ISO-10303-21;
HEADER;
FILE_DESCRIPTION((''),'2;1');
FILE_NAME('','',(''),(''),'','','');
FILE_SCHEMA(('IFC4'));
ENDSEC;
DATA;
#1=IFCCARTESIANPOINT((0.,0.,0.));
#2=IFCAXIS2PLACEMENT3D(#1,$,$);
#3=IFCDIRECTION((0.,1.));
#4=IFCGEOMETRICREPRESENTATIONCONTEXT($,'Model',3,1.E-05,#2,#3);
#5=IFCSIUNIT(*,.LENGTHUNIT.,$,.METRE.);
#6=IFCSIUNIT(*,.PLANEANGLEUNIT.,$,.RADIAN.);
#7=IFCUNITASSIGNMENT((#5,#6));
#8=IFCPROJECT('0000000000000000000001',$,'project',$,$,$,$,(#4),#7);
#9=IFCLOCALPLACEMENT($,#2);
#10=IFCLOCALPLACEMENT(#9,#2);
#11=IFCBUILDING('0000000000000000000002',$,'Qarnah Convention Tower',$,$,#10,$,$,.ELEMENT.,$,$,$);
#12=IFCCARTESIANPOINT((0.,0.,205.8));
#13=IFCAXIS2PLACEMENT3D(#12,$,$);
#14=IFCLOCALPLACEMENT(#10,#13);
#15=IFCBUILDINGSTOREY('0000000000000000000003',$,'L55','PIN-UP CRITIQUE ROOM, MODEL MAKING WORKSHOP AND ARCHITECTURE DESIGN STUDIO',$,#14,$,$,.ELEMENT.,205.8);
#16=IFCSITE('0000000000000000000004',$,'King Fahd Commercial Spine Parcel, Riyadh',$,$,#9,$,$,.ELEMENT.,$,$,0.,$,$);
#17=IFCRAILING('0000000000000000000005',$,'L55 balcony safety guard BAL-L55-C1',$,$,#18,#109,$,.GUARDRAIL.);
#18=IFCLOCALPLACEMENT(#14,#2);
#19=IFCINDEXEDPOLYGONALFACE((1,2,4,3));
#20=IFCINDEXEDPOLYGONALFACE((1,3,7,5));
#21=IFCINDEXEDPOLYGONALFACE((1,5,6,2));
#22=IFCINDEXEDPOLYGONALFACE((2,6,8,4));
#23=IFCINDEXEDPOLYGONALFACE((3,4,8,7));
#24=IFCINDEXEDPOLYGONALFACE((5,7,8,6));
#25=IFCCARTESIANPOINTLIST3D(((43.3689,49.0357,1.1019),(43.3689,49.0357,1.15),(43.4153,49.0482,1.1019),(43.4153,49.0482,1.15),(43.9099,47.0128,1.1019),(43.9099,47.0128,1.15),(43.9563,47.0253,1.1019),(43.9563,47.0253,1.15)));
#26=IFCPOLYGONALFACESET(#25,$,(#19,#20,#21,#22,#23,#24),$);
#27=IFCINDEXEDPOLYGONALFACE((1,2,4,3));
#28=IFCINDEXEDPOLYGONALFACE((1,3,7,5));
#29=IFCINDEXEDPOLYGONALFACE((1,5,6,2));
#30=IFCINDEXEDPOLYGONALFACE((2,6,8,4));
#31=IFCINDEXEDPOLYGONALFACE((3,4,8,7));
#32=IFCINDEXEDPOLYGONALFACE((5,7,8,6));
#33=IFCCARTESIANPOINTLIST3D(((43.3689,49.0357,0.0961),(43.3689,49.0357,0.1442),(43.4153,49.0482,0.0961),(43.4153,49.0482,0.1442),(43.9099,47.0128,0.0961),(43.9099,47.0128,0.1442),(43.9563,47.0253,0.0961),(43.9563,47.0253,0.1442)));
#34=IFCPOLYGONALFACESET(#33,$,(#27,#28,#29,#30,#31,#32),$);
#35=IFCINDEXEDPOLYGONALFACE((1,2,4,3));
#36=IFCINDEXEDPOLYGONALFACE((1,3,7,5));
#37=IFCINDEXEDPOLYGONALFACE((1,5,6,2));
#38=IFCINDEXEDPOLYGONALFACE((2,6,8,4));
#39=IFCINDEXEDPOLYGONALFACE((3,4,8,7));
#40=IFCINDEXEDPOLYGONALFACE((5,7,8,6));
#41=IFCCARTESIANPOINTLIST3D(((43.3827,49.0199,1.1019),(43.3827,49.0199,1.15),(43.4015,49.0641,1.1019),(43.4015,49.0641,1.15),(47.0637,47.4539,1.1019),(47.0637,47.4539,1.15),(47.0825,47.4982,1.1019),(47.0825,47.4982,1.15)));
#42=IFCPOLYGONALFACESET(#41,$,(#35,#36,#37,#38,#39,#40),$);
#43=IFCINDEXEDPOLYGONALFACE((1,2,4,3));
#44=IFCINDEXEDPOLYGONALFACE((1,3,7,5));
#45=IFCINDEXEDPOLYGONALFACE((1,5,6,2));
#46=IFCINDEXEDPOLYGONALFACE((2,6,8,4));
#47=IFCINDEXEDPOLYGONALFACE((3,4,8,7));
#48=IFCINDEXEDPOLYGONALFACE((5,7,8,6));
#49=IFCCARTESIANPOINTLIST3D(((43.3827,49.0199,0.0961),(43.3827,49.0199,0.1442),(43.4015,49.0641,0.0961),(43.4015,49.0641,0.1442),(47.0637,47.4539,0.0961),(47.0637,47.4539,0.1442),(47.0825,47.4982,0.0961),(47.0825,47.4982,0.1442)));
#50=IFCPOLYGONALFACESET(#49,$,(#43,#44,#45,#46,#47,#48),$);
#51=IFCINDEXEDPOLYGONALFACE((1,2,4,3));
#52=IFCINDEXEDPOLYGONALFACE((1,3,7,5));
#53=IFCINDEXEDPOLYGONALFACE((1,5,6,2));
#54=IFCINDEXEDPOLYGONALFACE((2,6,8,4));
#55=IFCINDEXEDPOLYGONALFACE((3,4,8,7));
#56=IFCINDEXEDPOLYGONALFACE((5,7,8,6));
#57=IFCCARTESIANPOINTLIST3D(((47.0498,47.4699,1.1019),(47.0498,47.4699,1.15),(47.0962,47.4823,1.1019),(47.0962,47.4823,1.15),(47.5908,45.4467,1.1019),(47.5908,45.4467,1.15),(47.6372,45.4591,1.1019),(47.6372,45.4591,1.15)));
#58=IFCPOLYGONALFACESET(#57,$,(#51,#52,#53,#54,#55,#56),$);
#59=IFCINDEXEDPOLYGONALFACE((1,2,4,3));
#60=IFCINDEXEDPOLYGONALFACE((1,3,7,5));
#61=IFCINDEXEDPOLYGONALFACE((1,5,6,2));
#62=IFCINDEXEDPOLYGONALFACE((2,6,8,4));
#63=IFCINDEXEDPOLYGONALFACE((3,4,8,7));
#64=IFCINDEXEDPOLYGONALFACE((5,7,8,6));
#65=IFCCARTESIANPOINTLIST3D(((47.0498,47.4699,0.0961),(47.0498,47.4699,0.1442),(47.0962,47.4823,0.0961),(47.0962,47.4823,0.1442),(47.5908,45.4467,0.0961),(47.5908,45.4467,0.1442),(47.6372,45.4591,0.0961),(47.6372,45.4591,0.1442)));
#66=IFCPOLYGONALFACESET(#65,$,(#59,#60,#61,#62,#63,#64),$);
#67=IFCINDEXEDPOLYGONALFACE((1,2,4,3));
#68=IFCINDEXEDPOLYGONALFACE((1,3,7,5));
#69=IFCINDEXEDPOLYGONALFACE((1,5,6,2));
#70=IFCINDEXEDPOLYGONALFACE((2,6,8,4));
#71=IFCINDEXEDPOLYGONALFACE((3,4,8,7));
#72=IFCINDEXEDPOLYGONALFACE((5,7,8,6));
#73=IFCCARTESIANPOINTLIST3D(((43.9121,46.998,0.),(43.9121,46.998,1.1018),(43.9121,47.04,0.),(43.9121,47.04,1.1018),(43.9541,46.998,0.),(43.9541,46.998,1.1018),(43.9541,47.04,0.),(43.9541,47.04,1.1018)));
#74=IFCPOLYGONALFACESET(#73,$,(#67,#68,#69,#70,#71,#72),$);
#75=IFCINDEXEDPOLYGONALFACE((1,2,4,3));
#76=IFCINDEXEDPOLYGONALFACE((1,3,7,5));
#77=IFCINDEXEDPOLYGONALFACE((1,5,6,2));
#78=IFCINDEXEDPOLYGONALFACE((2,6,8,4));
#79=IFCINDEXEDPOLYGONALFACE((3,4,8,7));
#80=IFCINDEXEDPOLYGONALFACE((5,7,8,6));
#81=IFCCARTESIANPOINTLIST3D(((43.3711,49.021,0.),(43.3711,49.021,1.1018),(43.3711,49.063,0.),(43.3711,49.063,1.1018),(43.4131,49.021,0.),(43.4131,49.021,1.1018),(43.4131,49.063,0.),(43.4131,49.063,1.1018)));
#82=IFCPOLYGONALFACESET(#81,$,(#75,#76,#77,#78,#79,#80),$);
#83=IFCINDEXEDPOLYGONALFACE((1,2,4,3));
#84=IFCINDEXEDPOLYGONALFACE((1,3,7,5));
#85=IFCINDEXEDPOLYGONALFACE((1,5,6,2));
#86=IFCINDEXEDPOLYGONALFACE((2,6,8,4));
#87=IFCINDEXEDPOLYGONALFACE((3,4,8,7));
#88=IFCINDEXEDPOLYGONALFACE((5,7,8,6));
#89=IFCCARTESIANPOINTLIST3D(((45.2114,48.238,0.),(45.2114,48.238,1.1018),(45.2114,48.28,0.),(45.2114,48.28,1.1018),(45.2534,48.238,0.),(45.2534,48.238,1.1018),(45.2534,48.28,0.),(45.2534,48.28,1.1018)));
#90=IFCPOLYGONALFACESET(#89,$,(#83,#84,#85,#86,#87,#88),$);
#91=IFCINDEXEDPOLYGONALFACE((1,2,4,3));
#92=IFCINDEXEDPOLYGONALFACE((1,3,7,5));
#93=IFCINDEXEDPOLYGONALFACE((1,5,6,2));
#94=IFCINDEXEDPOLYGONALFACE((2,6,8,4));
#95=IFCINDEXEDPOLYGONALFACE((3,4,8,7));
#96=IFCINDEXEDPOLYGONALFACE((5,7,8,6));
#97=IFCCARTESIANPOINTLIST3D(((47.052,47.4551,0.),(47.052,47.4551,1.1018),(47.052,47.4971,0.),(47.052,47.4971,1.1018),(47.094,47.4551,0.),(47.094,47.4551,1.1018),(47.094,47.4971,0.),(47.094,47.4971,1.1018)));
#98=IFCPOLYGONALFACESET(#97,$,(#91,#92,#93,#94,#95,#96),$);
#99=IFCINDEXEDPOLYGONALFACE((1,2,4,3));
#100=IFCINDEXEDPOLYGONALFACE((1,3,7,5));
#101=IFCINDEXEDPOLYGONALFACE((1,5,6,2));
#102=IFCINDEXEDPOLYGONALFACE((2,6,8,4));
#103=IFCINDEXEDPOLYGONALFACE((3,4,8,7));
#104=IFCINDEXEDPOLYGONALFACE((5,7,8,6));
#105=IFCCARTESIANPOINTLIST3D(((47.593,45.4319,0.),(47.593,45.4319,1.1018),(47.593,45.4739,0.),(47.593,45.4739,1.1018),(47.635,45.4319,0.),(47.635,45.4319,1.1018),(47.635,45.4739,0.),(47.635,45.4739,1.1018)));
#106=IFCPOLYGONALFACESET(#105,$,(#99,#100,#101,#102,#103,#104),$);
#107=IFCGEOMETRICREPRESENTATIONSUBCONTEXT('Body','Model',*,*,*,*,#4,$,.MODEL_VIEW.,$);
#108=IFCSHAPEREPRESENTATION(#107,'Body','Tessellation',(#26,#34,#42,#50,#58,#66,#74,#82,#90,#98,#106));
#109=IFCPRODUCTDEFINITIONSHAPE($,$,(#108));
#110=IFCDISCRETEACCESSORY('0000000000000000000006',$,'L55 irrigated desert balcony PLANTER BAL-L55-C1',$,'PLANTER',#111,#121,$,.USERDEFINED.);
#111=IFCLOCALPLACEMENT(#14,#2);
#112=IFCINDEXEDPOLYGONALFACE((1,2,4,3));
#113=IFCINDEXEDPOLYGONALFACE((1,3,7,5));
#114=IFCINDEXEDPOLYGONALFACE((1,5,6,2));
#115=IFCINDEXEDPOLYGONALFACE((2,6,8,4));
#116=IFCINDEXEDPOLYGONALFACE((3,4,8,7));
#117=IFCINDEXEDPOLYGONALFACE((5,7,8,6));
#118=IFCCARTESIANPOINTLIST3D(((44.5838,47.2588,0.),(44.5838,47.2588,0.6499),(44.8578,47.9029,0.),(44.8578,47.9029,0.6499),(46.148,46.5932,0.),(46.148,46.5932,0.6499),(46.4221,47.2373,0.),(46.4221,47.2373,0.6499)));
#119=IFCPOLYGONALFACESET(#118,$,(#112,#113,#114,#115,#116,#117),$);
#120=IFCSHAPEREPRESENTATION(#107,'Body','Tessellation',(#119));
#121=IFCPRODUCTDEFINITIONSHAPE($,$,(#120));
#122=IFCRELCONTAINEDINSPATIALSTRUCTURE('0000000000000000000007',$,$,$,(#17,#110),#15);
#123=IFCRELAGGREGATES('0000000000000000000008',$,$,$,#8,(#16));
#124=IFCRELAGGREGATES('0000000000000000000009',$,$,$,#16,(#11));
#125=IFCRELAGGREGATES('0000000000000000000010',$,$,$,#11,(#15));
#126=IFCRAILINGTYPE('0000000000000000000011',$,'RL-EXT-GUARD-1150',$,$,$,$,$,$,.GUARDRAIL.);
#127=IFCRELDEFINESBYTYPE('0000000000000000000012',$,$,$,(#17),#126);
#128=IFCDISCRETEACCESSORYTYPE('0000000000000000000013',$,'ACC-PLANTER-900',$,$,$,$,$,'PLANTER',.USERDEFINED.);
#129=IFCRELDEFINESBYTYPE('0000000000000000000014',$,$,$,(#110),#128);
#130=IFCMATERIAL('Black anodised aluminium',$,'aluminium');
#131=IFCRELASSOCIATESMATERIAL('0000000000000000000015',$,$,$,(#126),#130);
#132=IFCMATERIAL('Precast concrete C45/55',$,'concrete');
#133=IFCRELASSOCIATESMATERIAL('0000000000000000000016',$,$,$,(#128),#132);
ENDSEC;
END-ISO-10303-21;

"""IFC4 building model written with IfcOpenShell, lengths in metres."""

from ifc_helpers import new_model, si_unit, direction, frame, origin, origin_2d, place, context, subcontext, project, spatial, rectangle, extrude, material, type_object, element, save


model = new_model("IFC4")

# Units and contexts
model_context = context("Model", 3, precision=1e-05, world=origin(), true_north=direction((0.0, 1.0)))
body_context = subcontext(model_context, "Body", "Model", "MODEL_VIEW")
ifc_project = project(units=[si_unit("LENGTHUNIT", "METRE"), si_unit("PLANEANGLEUNIT", "RADIAN")], contexts=[model_context])

# Site, building, storey
site_placement = place(None, origin())
site = spatial("IfcSite", under=ifc_project, at=site_placement, Name="King Fahd Commercial Spine Parcel, Riyadh", CompositionType="ELEMENT", RefElevation=0.0)
building_placement = place(site_placement, origin())
building = spatial("IfcBuilding", under=site, at=building_placement, Name="Qarnah Convention Tower", CompositionType="ELEMENT")
storey_placement = place(building_placement, frame((0.0, 0.0, 205.8)))
storey = spatial("IfcBuildingStorey", under=building, at=storey_placement, Name="L55", Description="PIN-UP CRITIQUE ROOM, MODEL MAKING WORKSHOP AND ARCHITECTURE DESIGN STUDIO", CompositionType="ELEMENT", Elevation=205.8)

# Shared definitions
ifc_material_1 = material(Name="Black anodised aluminium", Category="aluminium")

# Shared definitions
ifc_material_2 = material(Name="Precast concrete C45/55", Category="concrete")

# Railing
railing_type = type_object("IfcRailingType", Name="RL-EXT-GUARD-1150", PredefinedType="GUARDRAIL", material=ifc_material_1)
railing_1_placement = place(storey_placement, frame((43.9331, 47.019, 0.0)))
element("IfcRailing", 1, at=railing_1_placement, inside=storey, type_object=railing_type, Name="L55 balcony safety guard BAL-L55-C1", PredefinedType="GUARDRAIL", context=body_context, shape_type="SweptSolid", body=[
    extrude(rectangle(XDim=0.0481, YDim=0.0481, at=origin_2d()), frame((0.0, 0.0, 1.126), z_axis=(-0.258359, 0.966049, 0.0), x_axis=(-0.966049, -0.258359, 0.0)), (0.0, 0.0, 1.0), 2.094),
    extrude(rectangle(XDim=0.0481, YDim=0.0481, at=origin_2d()), frame((0.0, 0.0, 0.1201), z_axis=(-0.258359, 0.966049, 0.0), x_axis=(-0.966049, -0.258359, 0.0)), (0.0, 0.0, 1.0), 2.094),
    extrude(rectangle(XDim=0.0481, YDim=0.0481, at=origin_2d()), frame((-0.541, 2.0229, 1.126), z_axis=(0.920193, -0.391465, 0.0), x_axis=(0.391465, 0.920193, 0.0)), (0.0, 0.0, 1.0), 4.0002),
    extrude(rectangle(XDim=0.0481, YDim=0.0481, at=origin_2d()), frame((-0.541, 2.0229, 0.1201), z_axis=(0.920193, -0.391465, 0.0), x_axis=(0.391465, 0.920193, 0.0)), (0.0, 0.0, 1.0), 4.0002),
    extrude(rectangle(XDim=0.0481, YDim=0.0481, at=origin_2d()), frame((3.1399, 0.457, 1.126), z_axis=(0.25833, -0.966057, 0.0), x_axis=(0.966057, 0.25833, 0.0)), (0.0, 0.0, 1.0), 2.0942),
    extrude(rectangle(XDim=0.0481, YDim=0.0481, at=origin_2d()), frame((3.1399, 0.457, 0.1201), z_axis=(0.25833, -0.966057, 0.0), x_axis=(0.966057, 0.25833, 0.0)), (0.0, 0.0, 1.0), 2.0942),
    extrude(rectangle(XDim=0.042, YDim=0.042, at=origin_2d()), origin(), (0.0, 0.0, 1.0), 1.1018),
    extrude(rectangle(XDim=0.042, YDim=0.042, at=origin_2d()), frame((-0.541, 2.0229, 0.0)), (0.0, 0.0, 1.0), 1.1018),
    extrude(rectangle(XDim=0.042, YDim=0.042, at=origin_2d()), frame((1.2993, 1.24, 0.0)), (0.0, 0.0, 1.0), 1.1018),
    extrude(rectangle(XDim=0.042, YDim=0.042, at=origin_2d()), frame((3.1399, 0.457, 0.0)), (0.0, 0.0, 1.0), 1.1018),
    extrude(rectangle(XDim=0.042, YDim=0.042, at=origin_2d()), frame((3.6809, -1.5662, 0.0)), (0.0, 0.0, 1.0), 1.1018),
])

# Discrete accessory
discrete_accessory_type = type_object("IfcDiscreteAccessoryType", Name="ACC-PLANTER-900", ElementType="PLANTER", PredefinedType="USERDEFINED", material=ifc_material_2)
discrete_accessory_placement = place(storey_placement, frame((45.5029, 47.248, 0.0), z_axis=(0.0, 0.0, 1.0), x_axis=(-0.920164, 0.391534, 0.0)))
element("IfcDiscreteAccessory", 2, at=discrete_accessory_placement, inside=storey, type_object=discrete_accessory_type, Name="L55 irrigated desert balcony PLANTER BAL-L55-C1", ObjectType="PLANTER", PredefinedType="USERDEFINED", context=body_context, shape_type="SweptSolid", body=[
    extrude(rectangle(XDim=1.7, YDim=0.7, at=origin_2d()), origin(), (0.0, 0.0, 1.0), 0.6499),
])

save(model, "model.ifc")
